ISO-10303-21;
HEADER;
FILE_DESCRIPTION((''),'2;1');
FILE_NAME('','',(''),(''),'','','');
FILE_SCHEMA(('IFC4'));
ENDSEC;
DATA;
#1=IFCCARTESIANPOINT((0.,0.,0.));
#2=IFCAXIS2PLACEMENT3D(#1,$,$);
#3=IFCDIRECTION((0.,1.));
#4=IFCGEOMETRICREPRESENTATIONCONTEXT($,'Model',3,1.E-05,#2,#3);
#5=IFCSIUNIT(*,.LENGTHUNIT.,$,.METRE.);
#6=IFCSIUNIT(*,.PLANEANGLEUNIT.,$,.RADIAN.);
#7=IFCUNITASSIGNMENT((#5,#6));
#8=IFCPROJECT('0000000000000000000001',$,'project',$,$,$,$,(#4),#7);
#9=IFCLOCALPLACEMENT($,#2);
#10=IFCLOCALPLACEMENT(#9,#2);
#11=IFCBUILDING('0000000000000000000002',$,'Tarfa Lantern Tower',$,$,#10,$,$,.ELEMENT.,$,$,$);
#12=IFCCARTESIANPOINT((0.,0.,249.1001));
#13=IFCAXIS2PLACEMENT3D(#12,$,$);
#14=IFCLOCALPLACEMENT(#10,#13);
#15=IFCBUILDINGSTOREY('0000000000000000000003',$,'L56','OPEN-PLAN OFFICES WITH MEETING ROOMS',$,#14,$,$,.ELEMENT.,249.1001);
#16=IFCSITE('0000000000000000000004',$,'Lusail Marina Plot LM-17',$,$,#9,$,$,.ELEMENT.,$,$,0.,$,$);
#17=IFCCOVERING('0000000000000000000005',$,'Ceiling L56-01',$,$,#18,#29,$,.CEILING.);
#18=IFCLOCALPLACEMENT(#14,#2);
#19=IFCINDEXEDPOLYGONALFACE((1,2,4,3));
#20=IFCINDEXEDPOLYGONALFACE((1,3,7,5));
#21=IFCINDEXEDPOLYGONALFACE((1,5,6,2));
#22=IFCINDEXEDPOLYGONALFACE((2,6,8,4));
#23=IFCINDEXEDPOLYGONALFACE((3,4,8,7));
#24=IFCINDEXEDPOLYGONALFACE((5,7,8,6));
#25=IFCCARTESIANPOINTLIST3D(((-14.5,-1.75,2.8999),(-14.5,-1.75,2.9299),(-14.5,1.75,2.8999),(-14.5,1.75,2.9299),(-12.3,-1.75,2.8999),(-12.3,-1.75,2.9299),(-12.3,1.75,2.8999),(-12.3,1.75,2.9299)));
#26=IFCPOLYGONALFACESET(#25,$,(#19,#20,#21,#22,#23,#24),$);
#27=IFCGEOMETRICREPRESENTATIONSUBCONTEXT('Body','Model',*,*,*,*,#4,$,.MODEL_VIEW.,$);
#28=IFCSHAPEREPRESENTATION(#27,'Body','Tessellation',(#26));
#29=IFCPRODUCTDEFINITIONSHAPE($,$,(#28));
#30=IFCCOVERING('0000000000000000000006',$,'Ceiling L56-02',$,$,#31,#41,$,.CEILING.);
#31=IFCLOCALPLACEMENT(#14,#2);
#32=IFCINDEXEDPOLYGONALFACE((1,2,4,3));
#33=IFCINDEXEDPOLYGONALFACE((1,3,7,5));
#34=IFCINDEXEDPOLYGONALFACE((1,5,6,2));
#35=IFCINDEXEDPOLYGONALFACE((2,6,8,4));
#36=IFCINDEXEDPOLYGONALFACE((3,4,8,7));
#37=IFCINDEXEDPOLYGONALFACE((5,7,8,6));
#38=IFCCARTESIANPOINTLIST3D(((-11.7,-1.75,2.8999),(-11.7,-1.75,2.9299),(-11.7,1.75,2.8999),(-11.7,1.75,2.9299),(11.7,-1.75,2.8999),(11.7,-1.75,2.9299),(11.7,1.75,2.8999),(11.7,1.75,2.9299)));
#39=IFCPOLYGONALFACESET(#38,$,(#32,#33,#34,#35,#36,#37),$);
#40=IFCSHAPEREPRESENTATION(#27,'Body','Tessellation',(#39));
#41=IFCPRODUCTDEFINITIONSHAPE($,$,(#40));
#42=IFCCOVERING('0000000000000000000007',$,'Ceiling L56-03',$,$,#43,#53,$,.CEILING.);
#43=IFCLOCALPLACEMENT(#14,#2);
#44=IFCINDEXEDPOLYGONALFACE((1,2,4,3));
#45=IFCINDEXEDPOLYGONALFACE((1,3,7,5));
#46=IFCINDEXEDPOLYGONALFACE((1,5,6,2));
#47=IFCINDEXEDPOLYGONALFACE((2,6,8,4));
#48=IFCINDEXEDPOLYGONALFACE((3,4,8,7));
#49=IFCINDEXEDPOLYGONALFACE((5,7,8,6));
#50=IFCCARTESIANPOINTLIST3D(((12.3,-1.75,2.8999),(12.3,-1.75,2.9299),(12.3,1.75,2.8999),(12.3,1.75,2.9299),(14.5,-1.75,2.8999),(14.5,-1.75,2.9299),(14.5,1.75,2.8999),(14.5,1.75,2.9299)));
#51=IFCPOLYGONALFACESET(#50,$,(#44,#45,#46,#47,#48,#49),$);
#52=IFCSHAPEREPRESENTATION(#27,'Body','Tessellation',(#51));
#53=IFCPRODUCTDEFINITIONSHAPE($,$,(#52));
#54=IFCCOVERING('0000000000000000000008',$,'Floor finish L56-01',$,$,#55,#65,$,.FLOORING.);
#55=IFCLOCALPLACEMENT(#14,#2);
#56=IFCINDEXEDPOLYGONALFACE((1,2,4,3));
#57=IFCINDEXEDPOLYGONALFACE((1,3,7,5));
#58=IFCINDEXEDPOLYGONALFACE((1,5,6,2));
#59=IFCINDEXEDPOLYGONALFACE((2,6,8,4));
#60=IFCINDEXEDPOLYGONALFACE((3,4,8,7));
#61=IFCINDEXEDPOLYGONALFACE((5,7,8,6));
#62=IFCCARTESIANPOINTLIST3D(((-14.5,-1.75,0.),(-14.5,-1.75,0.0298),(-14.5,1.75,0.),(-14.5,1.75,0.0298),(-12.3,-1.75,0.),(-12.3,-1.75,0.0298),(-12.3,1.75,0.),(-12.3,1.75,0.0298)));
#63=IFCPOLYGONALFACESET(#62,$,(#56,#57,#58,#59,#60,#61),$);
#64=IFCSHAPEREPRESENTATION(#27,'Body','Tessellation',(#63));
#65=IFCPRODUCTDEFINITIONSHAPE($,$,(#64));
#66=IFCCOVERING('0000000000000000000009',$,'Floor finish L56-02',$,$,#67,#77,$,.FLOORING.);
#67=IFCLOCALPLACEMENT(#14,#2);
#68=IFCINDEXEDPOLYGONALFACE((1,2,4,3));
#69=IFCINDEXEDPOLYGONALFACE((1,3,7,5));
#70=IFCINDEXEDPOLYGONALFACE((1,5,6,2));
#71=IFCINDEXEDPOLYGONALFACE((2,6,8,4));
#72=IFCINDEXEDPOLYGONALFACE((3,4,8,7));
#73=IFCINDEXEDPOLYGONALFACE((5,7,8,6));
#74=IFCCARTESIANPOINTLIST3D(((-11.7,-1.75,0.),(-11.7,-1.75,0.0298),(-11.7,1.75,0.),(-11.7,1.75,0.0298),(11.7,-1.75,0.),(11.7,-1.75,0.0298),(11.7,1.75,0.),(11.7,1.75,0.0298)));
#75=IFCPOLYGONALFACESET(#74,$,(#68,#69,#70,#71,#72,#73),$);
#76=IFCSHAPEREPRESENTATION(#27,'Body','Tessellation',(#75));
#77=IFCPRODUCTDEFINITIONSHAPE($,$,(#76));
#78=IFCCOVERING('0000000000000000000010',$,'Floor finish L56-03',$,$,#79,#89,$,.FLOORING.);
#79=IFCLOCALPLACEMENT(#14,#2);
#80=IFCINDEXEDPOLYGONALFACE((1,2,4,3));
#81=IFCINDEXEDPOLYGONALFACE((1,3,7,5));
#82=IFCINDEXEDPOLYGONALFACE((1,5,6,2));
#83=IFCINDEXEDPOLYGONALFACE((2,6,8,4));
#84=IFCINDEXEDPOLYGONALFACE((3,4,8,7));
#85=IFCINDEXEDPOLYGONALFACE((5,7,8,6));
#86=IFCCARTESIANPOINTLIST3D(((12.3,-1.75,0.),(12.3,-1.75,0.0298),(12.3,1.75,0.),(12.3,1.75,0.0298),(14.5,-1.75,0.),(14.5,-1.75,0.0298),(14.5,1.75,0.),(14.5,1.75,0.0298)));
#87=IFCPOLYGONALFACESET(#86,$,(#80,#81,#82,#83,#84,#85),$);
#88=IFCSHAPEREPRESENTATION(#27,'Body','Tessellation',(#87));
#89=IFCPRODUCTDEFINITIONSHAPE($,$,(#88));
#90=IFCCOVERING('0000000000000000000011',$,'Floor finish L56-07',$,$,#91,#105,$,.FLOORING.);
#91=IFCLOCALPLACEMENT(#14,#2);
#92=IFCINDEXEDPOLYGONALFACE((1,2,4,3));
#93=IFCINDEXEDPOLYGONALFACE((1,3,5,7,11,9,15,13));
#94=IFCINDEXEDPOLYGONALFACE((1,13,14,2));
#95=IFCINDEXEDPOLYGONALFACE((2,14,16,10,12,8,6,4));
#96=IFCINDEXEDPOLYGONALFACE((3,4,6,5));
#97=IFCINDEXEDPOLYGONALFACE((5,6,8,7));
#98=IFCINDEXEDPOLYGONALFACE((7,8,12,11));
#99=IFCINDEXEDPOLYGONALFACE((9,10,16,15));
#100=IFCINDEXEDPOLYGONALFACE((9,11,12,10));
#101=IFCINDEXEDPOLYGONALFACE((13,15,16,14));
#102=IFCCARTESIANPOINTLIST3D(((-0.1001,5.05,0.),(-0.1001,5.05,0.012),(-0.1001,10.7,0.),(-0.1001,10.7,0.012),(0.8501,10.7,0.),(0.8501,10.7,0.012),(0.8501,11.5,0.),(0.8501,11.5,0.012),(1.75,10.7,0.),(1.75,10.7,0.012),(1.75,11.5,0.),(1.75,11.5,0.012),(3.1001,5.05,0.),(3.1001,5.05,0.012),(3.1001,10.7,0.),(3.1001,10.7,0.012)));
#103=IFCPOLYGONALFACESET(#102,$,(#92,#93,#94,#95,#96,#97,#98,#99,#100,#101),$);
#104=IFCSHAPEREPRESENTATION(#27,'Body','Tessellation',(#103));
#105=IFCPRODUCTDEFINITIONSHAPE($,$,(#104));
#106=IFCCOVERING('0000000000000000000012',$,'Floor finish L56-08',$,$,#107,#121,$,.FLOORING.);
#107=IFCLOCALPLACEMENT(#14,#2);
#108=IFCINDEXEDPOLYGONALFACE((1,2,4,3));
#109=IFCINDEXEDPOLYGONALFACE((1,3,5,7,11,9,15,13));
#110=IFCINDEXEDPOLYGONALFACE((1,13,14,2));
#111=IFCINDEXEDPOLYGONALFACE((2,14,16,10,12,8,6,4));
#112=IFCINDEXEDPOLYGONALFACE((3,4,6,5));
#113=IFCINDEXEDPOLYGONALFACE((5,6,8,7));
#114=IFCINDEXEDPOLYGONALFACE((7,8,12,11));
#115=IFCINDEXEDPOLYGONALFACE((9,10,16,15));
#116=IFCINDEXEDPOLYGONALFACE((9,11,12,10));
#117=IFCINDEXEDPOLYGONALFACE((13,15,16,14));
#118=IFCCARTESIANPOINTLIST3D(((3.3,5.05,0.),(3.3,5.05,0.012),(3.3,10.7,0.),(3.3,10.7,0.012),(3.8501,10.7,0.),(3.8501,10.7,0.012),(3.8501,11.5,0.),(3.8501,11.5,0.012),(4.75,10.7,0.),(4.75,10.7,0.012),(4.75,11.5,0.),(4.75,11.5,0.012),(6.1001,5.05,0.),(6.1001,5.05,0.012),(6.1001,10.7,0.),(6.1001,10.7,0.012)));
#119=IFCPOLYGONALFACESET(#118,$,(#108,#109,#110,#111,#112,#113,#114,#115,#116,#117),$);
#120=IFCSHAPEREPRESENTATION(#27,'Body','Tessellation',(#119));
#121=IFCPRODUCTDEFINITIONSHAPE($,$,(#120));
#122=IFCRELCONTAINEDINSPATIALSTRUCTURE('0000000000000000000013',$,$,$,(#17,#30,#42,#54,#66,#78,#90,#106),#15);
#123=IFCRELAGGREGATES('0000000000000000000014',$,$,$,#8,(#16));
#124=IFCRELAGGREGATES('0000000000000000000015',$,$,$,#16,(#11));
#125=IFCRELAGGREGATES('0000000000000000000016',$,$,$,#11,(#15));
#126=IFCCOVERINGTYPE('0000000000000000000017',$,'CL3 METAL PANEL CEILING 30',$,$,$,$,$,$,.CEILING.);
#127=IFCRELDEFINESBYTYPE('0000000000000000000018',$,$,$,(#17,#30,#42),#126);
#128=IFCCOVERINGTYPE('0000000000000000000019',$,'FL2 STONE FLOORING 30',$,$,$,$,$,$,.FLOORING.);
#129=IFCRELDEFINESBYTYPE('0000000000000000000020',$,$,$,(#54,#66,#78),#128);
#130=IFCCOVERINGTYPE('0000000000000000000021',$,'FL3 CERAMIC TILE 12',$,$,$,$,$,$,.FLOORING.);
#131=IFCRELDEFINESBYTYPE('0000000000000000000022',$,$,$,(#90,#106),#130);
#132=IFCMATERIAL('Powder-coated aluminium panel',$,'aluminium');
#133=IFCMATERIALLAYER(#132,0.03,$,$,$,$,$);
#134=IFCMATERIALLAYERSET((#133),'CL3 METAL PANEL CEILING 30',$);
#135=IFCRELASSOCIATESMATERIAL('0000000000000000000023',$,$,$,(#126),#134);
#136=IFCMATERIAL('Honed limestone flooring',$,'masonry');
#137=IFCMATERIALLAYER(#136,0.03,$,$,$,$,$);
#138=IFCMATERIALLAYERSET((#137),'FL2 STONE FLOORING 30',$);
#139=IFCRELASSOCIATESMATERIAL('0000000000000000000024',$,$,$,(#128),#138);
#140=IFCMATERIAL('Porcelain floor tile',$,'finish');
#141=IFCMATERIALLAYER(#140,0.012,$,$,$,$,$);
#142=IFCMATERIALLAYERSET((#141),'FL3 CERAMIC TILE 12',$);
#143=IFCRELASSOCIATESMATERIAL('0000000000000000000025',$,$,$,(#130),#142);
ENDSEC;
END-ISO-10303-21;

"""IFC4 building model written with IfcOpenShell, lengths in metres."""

from ifc_helpers import new_model, si_unit, direction, frame, origin, place, context, subcontext, project, spatial, polyline, outline, extrude, material, layer, layer_set, type_object, element, save


model = new_model("IFC4")

# Units and contexts
model_context = context("Model", 3, precision=1e-05, world=origin(), true_north=direction((0.0, 1.0)))
body_context = subcontext(model_context, "Body", "Model", "MODEL_VIEW")
ifc_project = project(units=[si_unit("LENGTHUNIT", "METRE"), si_unit("PLANEANGLEUNIT", "RADIAN")], contexts=[model_context])

# Site, building, storey
site_placement = place(None, origin())
site = spatial("IfcSite", under=ifc_project, at=site_placement, Name="Lusail Marina Plot LM-17", CompositionType="ELEMENT", RefElevation=0.0)
building_placement = place(site_placement, origin())
building = spatial("IfcBuilding", under=site, at=building_placement, Name="Tarfa Lantern Tower", CompositionType="ELEMENT")
storey_placement = place(building_placement, frame((0.0, 0.0, 249.1001)))
storey = spatial("IfcBuildingStorey", under=building, at=storey_placement, Name="L56", Description="OPEN-PLAN OFFICES WITH MEETING ROOMS", CompositionType="ELEMENT", Elevation=249.1001)

# Coverings
ifc_material_1 = material(Name="Powder-coated aluminium panel", Category="aluminium")
ifc_layer_1 = layer(ifc_material_1, 0.03)
ifc_layer_set_1 = layer_set([ifc_layer_1], Name="CL3 METAL PANEL CEILING 30")
covering_type_1 = type_object("IfcCoveringType", Name="CL3 METAL PANEL CEILING 30", PredefinedType="CEILING", material=ifc_layer_set_1)
covering_1_placement = place(storey_placement, frame((0.0, 0.0, 2.8999)))
element("IfcCovering", 1, at=covering_1_placement, inside=storey, type_object=covering_type_1, Name="Ceiling L56-01", PredefinedType="CEILING", context=body_context, shape_type="SweptSolid", body=[
    extrude(outline(polyline([(-14.5, -1.75), (-12.3, -1.75), (-12.3, 1.75), (-14.5, 1.75), (-14.5, -1.75)])), origin(), (0.0, 0.0, 1.0), 0.03),
])
covering_2_placement = place(storey_placement, frame((0.0, 0.0, 2.8999)))
element("IfcCovering", 2, at=covering_2_placement, inside=storey, type_object=covering_type_1, Name="Ceiling L56-02", PredefinedType="CEILING", context=body_context, shape_type="SweptSolid", body=[
    extrude(outline(polyline([(-11.7, -1.75), (11.7, -1.75), (11.7, 1.75), (-11.7, 1.75), (-11.7, -1.75)])), origin(), (0.0, 0.0, 1.0), 0.03),
])
covering_3_placement = place(storey_placement, frame((0.0, 0.0, 2.8999)))
element("IfcCovering", 3, at=covering_3_placement, inside=storey, type_object=covering_type_1, Name="Ceiling L56-03", PredefinedType="CEILING", context=body_context, shape_type="SweptSolid", body=[
    extrude(outline(polyline([(12.3, -1.75), (14.5, -1.75), (14.5, 1.75), (12.3, 1.75), (12.3, -1.75)])), origin(), (0.0, 0.0, 1.0), 0.03),
])
ifc_material_2 = material(Name="Honed limestone flooring", Category="masonry")
ifc_layer_2 = layer(ifc_material_2, 0.03)
ifc_layer_set_2 = layer_set([ifc_layer_2], Name="FL2 STONE FLOORING 30")
covering_type_2 = type_object("IfcCoveringType", Name="FL2 STONE FLOORING 30", PredefinedType="FLOORING", material=ifc_layer_set_2)
covering_4_placement = place(storey_placement, origin())
element("IfcCovering", 4, at=covering_4_placement, inside=storey, type_object=covering_type_2, Name="Floor finish L56-01", PredefinedType="FLOORING", context=body_context, shape_type="SweptSolid", body=[
    extrude(outline(polyline([(-14.5, -1.75), (-12.3, -1.75), (-12.3, 1.75), (-14.5, 1.75), (-14.5, -1.75)])), origin(), (0.0, 0.0, 1.0), 0.0298),
])
covering_5_placement = place(storey_placement, origin())
element("IfcCovering", 5, at=covering_5_placement, inside=storey, type_object=covering_type_2, Name="Floor finish L56-02", PredefinedType="FLOORING", context=body_context, shape_type="SweptSolid", body=[
    extrude(outline(polyline([(-11.7, -1.75), (11.7, -1.75), (11.7, 1.75), (-11.7, 1.75), (-11.7, -1.75)])), origin(), (0.0, 0.0, 1.0), 0.0298),
])
covering_6_placement = place(storey_placement, origin())
element("IfcCovering", 6, at=covering_6_placement, inside=storey, type_object=covering_type_2, Name="Floor finish L56-03", PredefinedType="FLOORING", context=body_context, shape_type="SweptSolid", body=[
    extrude(outline(polyline([(12.3, -1.75), (14.5, -1.75), (14.5, 1.75), (12.3, 1.75), (12.3, -1.75)])), origin(), (0.0, 0.0, 1.0), 0.0298),
])
ifc_material_3 = material(Name="Porcelain floor tile", Category="finish")
ifc_layer_3 = layer(ifc_material_3, 0.012)
ifc_layer_set_3 = layer_set([ifc_layer_3], Name="FL3 CERAMIC TILE 12")
covering_type_3 = type_object("IfcCoveringType", Name="FL3 CERAMIC TILE 12", PredefinedType="FLOORING", material=ifc_layer_set_3)
covering_7_placement = place(storey_placement, origin())
element("IfcCovering", 7, at=covering_7_placement, inside=storey, type_object=covering_type_3, Name="Floor finish L56-07", PredefinedType="FLOORING", context=body_context, shape_type="SweptSolid", body=[
    extrude(outline(polyline([(0.8501, 10.7), (-0.1001, 10.7), (-0.1001, 5.05), (3.1001, 5.05), (3.1001, 10.7), (1.75, 10.7), (1.75, 11.5), (0.8501, 11.5), (0.8501, 10.7)])), origin(), (0.0, 0.0, 1.0), 0.012),
])
covering_8_placement = place(storey_placement, origin())
element("IfcCovering", 8, at=covering_8_placement, inside=storey, type_object=covering_type_3, Name="Floor finish L56-08", PredefinedType="FLOORING", context=body_context, shape_type="SweptSolid", body=[
    extrude(outline(polyline([(3.3, 5.05), (6.1001, 5.05), (6.1001, 10.7), (4.75, 10.7), (4.75, 11.5), (3.8501, 11.5), (3.8501, 10.7), (3.3, 10.7), (3.3, 5.05)])), origin(), (0.0, 0.0, 1.0), 0.012),
])

save(model, "model.ifc")
